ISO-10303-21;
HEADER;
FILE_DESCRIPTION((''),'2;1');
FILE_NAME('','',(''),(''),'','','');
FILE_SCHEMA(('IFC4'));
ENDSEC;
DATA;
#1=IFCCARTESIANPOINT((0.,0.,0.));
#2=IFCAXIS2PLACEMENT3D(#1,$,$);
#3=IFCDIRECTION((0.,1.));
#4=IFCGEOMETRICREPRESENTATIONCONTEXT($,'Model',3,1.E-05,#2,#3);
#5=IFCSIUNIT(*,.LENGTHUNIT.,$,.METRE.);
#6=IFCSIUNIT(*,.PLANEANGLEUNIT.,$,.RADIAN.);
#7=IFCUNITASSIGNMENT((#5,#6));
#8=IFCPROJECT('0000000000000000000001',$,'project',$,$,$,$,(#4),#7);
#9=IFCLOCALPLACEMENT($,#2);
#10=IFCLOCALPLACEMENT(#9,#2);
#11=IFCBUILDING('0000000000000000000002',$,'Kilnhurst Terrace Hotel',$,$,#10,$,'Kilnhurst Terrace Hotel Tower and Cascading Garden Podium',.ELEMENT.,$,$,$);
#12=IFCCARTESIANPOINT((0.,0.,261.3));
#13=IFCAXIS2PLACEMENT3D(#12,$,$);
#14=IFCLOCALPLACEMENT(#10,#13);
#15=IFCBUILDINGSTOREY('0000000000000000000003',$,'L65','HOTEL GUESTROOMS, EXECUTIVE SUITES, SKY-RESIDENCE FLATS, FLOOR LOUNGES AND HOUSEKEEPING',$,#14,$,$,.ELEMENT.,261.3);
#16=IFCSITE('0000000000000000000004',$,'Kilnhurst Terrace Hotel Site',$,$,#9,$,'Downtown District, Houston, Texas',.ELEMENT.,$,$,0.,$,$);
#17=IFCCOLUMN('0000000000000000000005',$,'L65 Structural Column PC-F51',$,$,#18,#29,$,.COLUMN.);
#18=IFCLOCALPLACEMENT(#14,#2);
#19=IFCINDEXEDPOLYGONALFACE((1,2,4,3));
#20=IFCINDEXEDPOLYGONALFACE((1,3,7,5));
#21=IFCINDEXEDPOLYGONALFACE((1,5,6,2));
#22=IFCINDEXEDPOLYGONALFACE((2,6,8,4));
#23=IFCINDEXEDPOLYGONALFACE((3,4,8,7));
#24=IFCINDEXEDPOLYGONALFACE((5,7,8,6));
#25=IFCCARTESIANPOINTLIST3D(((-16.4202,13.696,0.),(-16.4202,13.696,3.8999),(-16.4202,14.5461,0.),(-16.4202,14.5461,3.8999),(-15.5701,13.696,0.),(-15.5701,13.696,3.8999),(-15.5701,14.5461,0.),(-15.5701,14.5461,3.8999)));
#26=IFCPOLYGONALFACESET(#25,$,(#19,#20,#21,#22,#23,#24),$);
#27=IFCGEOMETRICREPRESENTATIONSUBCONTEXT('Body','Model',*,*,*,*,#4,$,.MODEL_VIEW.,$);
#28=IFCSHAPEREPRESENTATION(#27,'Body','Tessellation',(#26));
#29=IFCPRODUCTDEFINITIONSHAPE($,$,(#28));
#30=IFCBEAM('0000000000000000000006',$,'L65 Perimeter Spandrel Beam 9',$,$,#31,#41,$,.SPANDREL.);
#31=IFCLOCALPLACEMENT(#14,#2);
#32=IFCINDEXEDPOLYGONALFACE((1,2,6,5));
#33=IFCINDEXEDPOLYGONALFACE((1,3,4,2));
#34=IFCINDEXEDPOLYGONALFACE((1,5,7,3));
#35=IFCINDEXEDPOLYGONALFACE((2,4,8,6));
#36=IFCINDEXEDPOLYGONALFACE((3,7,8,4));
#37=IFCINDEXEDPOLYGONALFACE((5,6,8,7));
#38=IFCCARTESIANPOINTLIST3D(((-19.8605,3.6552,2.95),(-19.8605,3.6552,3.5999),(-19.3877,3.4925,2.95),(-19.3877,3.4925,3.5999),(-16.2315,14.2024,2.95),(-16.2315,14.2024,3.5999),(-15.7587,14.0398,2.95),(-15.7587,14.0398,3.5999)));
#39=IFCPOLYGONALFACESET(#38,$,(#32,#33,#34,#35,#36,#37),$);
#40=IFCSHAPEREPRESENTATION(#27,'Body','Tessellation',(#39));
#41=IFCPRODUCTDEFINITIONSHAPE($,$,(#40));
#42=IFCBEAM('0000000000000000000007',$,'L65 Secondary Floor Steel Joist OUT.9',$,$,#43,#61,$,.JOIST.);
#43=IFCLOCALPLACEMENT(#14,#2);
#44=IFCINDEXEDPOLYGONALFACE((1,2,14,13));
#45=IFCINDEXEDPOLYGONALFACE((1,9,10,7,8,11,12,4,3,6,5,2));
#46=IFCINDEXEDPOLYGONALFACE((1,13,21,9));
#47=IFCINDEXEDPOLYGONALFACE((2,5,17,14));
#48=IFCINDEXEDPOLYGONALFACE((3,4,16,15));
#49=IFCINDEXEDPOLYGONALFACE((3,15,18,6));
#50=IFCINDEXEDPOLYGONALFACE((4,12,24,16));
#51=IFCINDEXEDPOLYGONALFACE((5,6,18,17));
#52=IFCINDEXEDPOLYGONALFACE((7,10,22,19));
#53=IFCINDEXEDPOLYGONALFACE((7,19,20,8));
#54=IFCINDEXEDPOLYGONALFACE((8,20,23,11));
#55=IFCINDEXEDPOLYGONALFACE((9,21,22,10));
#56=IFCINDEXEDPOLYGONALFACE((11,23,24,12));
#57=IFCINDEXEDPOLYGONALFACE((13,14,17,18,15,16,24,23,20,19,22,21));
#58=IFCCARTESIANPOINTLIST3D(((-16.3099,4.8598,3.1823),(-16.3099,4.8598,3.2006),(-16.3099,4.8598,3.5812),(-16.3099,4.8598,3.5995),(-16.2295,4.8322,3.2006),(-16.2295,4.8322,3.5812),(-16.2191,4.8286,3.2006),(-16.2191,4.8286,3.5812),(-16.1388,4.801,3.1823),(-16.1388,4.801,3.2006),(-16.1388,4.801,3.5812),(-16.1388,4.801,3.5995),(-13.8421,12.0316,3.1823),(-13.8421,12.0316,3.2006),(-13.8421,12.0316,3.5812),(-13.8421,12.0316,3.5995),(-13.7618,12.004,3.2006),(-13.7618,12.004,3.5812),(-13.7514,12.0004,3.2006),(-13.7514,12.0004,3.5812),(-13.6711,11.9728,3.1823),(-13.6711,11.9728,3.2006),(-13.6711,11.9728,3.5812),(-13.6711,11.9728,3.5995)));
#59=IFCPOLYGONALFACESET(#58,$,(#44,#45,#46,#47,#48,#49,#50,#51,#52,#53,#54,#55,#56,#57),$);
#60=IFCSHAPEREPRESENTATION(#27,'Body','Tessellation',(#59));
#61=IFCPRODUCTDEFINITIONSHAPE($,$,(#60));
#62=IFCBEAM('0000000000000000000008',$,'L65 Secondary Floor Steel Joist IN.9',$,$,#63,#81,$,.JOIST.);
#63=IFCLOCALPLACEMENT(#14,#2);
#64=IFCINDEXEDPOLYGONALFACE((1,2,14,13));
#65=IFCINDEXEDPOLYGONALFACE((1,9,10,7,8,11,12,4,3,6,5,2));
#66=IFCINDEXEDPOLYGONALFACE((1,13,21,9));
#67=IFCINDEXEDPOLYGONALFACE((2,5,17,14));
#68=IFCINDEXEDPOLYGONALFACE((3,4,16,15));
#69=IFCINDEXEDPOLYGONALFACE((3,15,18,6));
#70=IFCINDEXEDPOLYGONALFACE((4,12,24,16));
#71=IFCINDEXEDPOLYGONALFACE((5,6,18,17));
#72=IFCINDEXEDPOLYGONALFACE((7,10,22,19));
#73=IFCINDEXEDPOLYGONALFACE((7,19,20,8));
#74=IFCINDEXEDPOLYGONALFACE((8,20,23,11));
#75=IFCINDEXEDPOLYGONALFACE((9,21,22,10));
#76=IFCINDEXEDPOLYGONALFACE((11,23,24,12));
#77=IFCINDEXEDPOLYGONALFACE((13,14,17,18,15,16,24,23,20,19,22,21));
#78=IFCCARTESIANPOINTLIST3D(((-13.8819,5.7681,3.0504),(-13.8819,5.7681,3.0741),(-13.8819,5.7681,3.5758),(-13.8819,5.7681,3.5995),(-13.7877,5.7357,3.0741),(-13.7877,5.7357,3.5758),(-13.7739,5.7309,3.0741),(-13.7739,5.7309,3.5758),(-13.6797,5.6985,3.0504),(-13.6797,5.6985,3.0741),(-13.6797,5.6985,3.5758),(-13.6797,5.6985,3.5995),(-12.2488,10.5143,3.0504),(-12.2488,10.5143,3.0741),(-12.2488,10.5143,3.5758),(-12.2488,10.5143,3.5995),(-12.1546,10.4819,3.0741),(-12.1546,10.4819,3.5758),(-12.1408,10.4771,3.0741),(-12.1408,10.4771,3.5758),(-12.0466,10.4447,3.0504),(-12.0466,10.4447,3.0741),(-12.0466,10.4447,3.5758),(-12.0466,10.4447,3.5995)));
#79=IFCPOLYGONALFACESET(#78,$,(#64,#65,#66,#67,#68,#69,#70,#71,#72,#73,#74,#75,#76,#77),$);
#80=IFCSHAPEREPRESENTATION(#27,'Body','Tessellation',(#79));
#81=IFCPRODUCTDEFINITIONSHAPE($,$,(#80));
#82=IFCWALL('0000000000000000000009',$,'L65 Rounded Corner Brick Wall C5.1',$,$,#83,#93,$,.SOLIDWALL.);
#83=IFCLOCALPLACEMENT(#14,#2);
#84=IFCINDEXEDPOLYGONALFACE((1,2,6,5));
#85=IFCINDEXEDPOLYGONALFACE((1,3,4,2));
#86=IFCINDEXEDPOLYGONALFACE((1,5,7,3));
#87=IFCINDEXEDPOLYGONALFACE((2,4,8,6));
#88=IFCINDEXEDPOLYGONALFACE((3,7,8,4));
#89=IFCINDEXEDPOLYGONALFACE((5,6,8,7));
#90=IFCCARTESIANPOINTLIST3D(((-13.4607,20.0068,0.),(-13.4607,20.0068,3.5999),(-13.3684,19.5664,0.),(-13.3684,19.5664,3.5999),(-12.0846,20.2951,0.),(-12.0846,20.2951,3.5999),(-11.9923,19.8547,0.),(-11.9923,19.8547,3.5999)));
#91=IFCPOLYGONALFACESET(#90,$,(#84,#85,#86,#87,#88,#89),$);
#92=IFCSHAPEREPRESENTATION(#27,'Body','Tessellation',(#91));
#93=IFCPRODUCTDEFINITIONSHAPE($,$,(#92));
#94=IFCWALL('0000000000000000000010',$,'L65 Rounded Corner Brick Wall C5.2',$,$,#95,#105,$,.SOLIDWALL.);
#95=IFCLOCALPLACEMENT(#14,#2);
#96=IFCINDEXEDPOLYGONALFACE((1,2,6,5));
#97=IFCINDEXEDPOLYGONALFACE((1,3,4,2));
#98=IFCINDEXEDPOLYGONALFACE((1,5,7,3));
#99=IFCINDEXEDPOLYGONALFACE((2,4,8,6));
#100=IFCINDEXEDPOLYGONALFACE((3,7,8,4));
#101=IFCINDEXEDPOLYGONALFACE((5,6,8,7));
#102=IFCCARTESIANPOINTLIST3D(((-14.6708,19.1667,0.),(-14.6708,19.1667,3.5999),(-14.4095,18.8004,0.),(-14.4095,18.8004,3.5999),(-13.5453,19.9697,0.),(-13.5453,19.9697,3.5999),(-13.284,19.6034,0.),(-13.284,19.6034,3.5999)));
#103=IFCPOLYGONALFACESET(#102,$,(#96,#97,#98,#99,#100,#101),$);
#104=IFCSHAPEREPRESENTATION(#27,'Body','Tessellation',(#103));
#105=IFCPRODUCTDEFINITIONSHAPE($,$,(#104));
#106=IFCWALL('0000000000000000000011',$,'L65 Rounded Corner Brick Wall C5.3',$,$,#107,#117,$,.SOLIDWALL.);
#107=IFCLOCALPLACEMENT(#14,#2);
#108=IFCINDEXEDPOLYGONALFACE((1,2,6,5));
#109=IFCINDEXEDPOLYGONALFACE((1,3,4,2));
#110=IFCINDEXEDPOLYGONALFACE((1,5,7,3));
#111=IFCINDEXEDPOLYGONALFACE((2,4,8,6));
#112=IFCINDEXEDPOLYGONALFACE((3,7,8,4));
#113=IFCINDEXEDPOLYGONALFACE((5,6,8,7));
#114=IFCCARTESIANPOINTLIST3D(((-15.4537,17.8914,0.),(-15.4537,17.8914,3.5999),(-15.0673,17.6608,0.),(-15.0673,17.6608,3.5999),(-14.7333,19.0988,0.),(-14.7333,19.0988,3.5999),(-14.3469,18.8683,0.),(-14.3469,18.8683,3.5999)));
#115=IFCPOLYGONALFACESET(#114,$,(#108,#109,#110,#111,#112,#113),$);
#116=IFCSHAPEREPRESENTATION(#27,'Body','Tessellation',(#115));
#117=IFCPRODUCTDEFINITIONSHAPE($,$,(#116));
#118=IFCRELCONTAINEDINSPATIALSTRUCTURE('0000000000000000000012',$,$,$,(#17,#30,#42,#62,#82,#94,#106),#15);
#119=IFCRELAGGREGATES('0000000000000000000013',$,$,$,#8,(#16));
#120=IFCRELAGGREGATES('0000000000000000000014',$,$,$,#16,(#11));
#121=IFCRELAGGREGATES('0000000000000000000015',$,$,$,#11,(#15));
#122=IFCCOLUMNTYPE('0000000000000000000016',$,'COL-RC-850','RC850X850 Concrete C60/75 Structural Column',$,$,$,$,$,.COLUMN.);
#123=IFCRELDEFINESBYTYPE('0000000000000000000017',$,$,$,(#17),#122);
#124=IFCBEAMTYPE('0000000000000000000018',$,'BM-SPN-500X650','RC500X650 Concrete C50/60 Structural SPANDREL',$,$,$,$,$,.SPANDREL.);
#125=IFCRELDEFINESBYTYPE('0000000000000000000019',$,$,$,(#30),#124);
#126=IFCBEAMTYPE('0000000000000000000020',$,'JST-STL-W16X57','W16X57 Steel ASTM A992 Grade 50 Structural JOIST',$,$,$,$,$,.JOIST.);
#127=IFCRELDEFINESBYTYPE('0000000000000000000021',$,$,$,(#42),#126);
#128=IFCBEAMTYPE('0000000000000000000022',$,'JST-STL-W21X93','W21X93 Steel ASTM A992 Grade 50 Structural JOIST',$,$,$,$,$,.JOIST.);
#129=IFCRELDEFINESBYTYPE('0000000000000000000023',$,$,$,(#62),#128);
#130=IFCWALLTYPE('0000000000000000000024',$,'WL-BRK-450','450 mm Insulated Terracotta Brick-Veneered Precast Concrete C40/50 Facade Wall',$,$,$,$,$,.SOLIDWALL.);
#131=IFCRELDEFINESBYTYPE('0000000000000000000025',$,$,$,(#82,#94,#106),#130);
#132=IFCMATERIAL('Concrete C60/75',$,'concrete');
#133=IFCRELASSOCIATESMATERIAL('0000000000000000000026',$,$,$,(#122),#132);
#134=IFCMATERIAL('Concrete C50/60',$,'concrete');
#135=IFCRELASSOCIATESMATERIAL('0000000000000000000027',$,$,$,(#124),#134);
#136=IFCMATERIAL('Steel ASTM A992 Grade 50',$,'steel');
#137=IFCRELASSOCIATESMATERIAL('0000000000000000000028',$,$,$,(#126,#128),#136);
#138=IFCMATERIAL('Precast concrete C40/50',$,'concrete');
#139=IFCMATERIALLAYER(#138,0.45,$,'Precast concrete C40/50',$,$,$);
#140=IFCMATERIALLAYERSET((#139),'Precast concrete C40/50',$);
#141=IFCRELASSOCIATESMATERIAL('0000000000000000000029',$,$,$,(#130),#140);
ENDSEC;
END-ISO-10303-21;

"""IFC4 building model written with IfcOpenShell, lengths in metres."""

from ifc_helpers import new_model, si_unit, direction, frame, frame_2d, origin, origin_2d, place, context, subcontext, project, spatial, rectangle, i_section, extrude, material, layer, layer_set, material_profile, profile_set, type_object, element, save


model = new_model("IFC4")

# Units and contexts
model_context = context("Model", 3, precision=1e-05, world=origin(), true_north=direction((0.0, 1.0)))
body_context = subcontext(model_context, "Body", "Model", "MODEL_VIEW")
ifc_project = project(units=[si_unit("LENGTHUNIT", "METRE"), si_unit("PLANEANGLEUNIT", "RADIAN")], contexts=[model_context])

# Site, building, storey
site_placement = place(None, origin())
site = spatial("IfcSite", under=ifc_project, at=site_placement, Name="Kilnhurst Terrace Hotel Site", LongName="Downtown District, Houston, Texas", CompositionType="ELEMENT", RefElevation=0.0)
building_placement = place(site_placement, origin())
building = spatial("IfcBuilding", under=site, at=building_placement, Name="Kilnhurst Terrace Hotel", LongName="Kilnhurst Terrace Hotel Tower and Cascading Garden Podium", CompositionType="ELEMENT")
storey_placement = place(building_placement, frame((0.0, 0.0, 261.3)))
storey = spatial("IfcBuildingStorey", under=building, at=storey_placement, Name="L65", Description="HOTEL GUESTROOMS, EXECUTIVE SUITES, SKY-RESIDENCE FLATS, FLOOR LOUNGES AND HOUSEKEEPING", CompositionType="ELEMENT", Elevation=261.3)

# Column
ifc_material_1 = material(Name="Concrete C60/75", Category="concrete")
ifc_material_profile_1 = material_profile(ifc_material_1, rectangle(XDim=0.8501, YDim=0.8501, at=origin_2d()), Name="RC850X850")
ifc_profile_set_1 = profile_set([ifc_material_profile_1], Name="Concrete C60/75")
column_type = type_object("IfcColumnType", Name="COL-RC-850", Description="RC850X850 Concrete C60/75 Structural Column", PredefinedType="COLUMN", material=ifc_profile_set_1)
column_placement = place(storey_placement, frame((-15.9951, 14.1211, 0.0), z_axis=(0.0, 0.0, 1.0), x_axis=(1.0, 0.0, 0.0)))
element("IfcColumn", 1, at=column_placement, inside=storey, type_object=column_type, Name="L65 Structural Column PC-F51", PredefinedType="COLUMN", context=body_context, shape_type="SweptSolid", body=[
    extrude(rectangle(XDim=0.8501, YDim=0.8501, at=origin_2d()), origin(), (0.0, 0.0, 1.0), 3.8999),
])

# Beams
ifc_material_2 = material(Name="Concrete C50/60", Category="concrete")
ifc_material_profile_2 = material_profile(ifc_material_2, rectangle(XDim=0.5, YDim=0.6499, at=origin_2d()), Name="RC500X650")
ifc_profile_set_2 = profile_set([ifc_material_profile_2], Name="Concrete C50/60")
beam_type_1 = type_object("IfcBeamType", Name="BM-SPN-500X650", Description="RC500X650 Concrete C50/60 Structural SPANDREL", PredefinedType="SPANDREL", material=ifc_profile_set_2)
beam_1_placement = place(storey_placement, frame((-15.9951, 14.1211, 3.2749), z_axis=(-0.325347, -0.945595, 0.0), x_axis=(0.945595, -0.325347, 0.0)))
element("IfcBeam", 2, at=beam_1_placement, inside=storey, type_object=beam_type_1, Name="L65 Perimeter Spandrel Beam 9", PredefinedType="SPANDREL", context=body_context, shape_type="SweptSolid", body=[
    extrude(rectangle(XDim=0.5, YDim=0.6499, at=origin_2d()), origin(), (0.0, 0.0, 1.0), 11.1541),
])
ifc_material_3 = material(Name="Steel ASTM A992 Grade 50", Category="steel")
ifc_material_profile_3 = material_profile(ifc_material_3, i_section(OverallWidth=0.1809, OverallDepth=0.4172, WebThickness=0.011, FlangeThickness=0.0183, at=origin_2d()), Name="W16X57")
ifc_profile_set_3 = profile_set([ifc_material_profile_3], Name="Steel ASTM A992 Grade 50")
beam_type_2 = type_object("IfcBeamType", Name="JST-STL-W16X57", Description="W16X57 Steel ASTM A992 Grade 50 Structural JOIST", PredefinedType="JOIST", material=ifc_profile_set_3)
beam_2_placement = place(storey_placement, frame((-13.7566, 12.0022, 3.3909), z_axis=(-0.325368, -0.945588, 0.0), x_axis=(0.945588, -0.325368, 0.0)))
element("IfcBeam", 3, at=beam_2_placement, inside=storey, type_object=beam_type_2, Name="L65 Secondary Floor Steel Joist OUT.9", PredefinedType="JOIST", context=body_context, shape_type="SweptSolid", body=[
    extrude(i_section(OverallWidth=0.1809, OverallDepth=0.4172, WebThickness=0.011, FlangeThickness=0.0183, at=origin_2d()), origin(), (0.0, 0.0, 1.0), 7.5845),
])
ifc_material_profile_4 = material_profile(ifc_material_3, i_section(OverallWidth=0.2139, OverallDepth=0.5491, WebThickness=0.0146, FlangeThickness=0.0237, at=origin_2d()), Name="W21X93")
ifc_profile_set_4 = profile_set([ifc_material_profile_4], Name="Steel ASTM A992 Grade 50")
beam_type_3 = type_object("IfcBeamType", Name="JST-STL-W21X93", Description="W21X93 Steel ASTM A992 Grade 50 Structural JOIST", PredefinedType="JOIST", material=ifc_profile_set_4)
beam_3_placement = place(storey_placement, frame((-12.1477, 10.4795, 3.325), z_axis=(-0.325363, -0.945589, 0.0), x_axis=(0.945589, -0.325363, 0.0)))
element("IfcBeam", 4, at=beam_3_placement, inside=storey, type_object=beam_type_3, Name="L65 Secondary Floor Steel Joist IN.9", PredefinedType="JOIST", context=body_context, shape_type="SweptSolid", body=[
    extrude(i_section(OverallWidth=0.2139, OverallDepth=0.5491, WebThickness=0.0146, FlangeThickness=0.0237, at=origin_2d()), origin(), (0.0, 0.0, 1.0), 5.0193),
])

# Walls
ifc_material_4 = material(Name="Precast concrete C40/50", Category="concrete")
ifc_layer_1 = layer(ifc_material_4, 0.45, Name="Precast concrete C40/50")
ifc_layer_set_1 = layer_set([ifc_layer_1], Name="Precast concrete C40/50")
wall_type_1 = type_object("IfcWallType", Name="WL-BRK-450", Description="450 mm Insulated Terracotta Brick-Veneered Precast Concrete C40/50 Facade Wall", PredefinedType="SOLIDWALL", material=ifc_layer_set_1)
wall_1_placement = place(storey_placement, frame((-12.0383, 20.075, 0.0), z_axis=(0.0, 0.0, 1.0), x_axis=(-0.97875, -0.205057, 0.0)))
element("IfcWall", 5, at=wall_1_placement, inside=storey, type_object=wall_type_1, Name="L65 Rounded Corner Brick Wall C5.1", PredefinedType="SOLIDWALL", context=body_context, shape_type="SweptSolid", body=[
    extrude(rectangle(XDim=1.406, YDim=0.45, at=frame_2d((0.7031, 0.0))), origin(), (0.0, 0.0, 1.0), 3.5999),
])
wall_2_placement = place(storey_placement, frame((-13.4146, 19.7866, 0.0), z_axis=(0.0, 0.0, 1.0), x_axis=(-0.814055, -0.580787, 0.0)))
element("IfcWall", 6, at=wall_2_placement, inside=storey, type_object=wall_type_1, Name="L65 Rounded Corner Brick Wall C5.2", PredefinedType="SOLIDWALL", context=body_context, shape_type="SweptSolid", body=[
    extrude(rectangle(XDim=1.3826, YDim=0.45, at=frame_2d((0.6914, 0.0))), origin(), (0.0, 0.0, 1.0), 3.5999),
])
wall_3_placement = place(storey_placement, frame((-14.54, 18.9836, 0.0), z_axis=(0.0, 0.0, 1.0), x_axis=(-0.512375, -0.858762, 0.0)))
element("IfcWall", 7, at=wall_3_placement, inside=storey, type_object=wall_type_1, Name="L65 Rounded Corner Brick Wall C5.3", PredefinedType="SOLIDWALL", context=body_context, shape_type="SweptSolid", body=[
    extrude(rectangle(XDim=1.406, YDim=0.45, at=frame_2d((0.7031, 0.0))), origin(), (0.0, 0.0, 1.0), 3.5999),
])

save(model, "model.ifc")
